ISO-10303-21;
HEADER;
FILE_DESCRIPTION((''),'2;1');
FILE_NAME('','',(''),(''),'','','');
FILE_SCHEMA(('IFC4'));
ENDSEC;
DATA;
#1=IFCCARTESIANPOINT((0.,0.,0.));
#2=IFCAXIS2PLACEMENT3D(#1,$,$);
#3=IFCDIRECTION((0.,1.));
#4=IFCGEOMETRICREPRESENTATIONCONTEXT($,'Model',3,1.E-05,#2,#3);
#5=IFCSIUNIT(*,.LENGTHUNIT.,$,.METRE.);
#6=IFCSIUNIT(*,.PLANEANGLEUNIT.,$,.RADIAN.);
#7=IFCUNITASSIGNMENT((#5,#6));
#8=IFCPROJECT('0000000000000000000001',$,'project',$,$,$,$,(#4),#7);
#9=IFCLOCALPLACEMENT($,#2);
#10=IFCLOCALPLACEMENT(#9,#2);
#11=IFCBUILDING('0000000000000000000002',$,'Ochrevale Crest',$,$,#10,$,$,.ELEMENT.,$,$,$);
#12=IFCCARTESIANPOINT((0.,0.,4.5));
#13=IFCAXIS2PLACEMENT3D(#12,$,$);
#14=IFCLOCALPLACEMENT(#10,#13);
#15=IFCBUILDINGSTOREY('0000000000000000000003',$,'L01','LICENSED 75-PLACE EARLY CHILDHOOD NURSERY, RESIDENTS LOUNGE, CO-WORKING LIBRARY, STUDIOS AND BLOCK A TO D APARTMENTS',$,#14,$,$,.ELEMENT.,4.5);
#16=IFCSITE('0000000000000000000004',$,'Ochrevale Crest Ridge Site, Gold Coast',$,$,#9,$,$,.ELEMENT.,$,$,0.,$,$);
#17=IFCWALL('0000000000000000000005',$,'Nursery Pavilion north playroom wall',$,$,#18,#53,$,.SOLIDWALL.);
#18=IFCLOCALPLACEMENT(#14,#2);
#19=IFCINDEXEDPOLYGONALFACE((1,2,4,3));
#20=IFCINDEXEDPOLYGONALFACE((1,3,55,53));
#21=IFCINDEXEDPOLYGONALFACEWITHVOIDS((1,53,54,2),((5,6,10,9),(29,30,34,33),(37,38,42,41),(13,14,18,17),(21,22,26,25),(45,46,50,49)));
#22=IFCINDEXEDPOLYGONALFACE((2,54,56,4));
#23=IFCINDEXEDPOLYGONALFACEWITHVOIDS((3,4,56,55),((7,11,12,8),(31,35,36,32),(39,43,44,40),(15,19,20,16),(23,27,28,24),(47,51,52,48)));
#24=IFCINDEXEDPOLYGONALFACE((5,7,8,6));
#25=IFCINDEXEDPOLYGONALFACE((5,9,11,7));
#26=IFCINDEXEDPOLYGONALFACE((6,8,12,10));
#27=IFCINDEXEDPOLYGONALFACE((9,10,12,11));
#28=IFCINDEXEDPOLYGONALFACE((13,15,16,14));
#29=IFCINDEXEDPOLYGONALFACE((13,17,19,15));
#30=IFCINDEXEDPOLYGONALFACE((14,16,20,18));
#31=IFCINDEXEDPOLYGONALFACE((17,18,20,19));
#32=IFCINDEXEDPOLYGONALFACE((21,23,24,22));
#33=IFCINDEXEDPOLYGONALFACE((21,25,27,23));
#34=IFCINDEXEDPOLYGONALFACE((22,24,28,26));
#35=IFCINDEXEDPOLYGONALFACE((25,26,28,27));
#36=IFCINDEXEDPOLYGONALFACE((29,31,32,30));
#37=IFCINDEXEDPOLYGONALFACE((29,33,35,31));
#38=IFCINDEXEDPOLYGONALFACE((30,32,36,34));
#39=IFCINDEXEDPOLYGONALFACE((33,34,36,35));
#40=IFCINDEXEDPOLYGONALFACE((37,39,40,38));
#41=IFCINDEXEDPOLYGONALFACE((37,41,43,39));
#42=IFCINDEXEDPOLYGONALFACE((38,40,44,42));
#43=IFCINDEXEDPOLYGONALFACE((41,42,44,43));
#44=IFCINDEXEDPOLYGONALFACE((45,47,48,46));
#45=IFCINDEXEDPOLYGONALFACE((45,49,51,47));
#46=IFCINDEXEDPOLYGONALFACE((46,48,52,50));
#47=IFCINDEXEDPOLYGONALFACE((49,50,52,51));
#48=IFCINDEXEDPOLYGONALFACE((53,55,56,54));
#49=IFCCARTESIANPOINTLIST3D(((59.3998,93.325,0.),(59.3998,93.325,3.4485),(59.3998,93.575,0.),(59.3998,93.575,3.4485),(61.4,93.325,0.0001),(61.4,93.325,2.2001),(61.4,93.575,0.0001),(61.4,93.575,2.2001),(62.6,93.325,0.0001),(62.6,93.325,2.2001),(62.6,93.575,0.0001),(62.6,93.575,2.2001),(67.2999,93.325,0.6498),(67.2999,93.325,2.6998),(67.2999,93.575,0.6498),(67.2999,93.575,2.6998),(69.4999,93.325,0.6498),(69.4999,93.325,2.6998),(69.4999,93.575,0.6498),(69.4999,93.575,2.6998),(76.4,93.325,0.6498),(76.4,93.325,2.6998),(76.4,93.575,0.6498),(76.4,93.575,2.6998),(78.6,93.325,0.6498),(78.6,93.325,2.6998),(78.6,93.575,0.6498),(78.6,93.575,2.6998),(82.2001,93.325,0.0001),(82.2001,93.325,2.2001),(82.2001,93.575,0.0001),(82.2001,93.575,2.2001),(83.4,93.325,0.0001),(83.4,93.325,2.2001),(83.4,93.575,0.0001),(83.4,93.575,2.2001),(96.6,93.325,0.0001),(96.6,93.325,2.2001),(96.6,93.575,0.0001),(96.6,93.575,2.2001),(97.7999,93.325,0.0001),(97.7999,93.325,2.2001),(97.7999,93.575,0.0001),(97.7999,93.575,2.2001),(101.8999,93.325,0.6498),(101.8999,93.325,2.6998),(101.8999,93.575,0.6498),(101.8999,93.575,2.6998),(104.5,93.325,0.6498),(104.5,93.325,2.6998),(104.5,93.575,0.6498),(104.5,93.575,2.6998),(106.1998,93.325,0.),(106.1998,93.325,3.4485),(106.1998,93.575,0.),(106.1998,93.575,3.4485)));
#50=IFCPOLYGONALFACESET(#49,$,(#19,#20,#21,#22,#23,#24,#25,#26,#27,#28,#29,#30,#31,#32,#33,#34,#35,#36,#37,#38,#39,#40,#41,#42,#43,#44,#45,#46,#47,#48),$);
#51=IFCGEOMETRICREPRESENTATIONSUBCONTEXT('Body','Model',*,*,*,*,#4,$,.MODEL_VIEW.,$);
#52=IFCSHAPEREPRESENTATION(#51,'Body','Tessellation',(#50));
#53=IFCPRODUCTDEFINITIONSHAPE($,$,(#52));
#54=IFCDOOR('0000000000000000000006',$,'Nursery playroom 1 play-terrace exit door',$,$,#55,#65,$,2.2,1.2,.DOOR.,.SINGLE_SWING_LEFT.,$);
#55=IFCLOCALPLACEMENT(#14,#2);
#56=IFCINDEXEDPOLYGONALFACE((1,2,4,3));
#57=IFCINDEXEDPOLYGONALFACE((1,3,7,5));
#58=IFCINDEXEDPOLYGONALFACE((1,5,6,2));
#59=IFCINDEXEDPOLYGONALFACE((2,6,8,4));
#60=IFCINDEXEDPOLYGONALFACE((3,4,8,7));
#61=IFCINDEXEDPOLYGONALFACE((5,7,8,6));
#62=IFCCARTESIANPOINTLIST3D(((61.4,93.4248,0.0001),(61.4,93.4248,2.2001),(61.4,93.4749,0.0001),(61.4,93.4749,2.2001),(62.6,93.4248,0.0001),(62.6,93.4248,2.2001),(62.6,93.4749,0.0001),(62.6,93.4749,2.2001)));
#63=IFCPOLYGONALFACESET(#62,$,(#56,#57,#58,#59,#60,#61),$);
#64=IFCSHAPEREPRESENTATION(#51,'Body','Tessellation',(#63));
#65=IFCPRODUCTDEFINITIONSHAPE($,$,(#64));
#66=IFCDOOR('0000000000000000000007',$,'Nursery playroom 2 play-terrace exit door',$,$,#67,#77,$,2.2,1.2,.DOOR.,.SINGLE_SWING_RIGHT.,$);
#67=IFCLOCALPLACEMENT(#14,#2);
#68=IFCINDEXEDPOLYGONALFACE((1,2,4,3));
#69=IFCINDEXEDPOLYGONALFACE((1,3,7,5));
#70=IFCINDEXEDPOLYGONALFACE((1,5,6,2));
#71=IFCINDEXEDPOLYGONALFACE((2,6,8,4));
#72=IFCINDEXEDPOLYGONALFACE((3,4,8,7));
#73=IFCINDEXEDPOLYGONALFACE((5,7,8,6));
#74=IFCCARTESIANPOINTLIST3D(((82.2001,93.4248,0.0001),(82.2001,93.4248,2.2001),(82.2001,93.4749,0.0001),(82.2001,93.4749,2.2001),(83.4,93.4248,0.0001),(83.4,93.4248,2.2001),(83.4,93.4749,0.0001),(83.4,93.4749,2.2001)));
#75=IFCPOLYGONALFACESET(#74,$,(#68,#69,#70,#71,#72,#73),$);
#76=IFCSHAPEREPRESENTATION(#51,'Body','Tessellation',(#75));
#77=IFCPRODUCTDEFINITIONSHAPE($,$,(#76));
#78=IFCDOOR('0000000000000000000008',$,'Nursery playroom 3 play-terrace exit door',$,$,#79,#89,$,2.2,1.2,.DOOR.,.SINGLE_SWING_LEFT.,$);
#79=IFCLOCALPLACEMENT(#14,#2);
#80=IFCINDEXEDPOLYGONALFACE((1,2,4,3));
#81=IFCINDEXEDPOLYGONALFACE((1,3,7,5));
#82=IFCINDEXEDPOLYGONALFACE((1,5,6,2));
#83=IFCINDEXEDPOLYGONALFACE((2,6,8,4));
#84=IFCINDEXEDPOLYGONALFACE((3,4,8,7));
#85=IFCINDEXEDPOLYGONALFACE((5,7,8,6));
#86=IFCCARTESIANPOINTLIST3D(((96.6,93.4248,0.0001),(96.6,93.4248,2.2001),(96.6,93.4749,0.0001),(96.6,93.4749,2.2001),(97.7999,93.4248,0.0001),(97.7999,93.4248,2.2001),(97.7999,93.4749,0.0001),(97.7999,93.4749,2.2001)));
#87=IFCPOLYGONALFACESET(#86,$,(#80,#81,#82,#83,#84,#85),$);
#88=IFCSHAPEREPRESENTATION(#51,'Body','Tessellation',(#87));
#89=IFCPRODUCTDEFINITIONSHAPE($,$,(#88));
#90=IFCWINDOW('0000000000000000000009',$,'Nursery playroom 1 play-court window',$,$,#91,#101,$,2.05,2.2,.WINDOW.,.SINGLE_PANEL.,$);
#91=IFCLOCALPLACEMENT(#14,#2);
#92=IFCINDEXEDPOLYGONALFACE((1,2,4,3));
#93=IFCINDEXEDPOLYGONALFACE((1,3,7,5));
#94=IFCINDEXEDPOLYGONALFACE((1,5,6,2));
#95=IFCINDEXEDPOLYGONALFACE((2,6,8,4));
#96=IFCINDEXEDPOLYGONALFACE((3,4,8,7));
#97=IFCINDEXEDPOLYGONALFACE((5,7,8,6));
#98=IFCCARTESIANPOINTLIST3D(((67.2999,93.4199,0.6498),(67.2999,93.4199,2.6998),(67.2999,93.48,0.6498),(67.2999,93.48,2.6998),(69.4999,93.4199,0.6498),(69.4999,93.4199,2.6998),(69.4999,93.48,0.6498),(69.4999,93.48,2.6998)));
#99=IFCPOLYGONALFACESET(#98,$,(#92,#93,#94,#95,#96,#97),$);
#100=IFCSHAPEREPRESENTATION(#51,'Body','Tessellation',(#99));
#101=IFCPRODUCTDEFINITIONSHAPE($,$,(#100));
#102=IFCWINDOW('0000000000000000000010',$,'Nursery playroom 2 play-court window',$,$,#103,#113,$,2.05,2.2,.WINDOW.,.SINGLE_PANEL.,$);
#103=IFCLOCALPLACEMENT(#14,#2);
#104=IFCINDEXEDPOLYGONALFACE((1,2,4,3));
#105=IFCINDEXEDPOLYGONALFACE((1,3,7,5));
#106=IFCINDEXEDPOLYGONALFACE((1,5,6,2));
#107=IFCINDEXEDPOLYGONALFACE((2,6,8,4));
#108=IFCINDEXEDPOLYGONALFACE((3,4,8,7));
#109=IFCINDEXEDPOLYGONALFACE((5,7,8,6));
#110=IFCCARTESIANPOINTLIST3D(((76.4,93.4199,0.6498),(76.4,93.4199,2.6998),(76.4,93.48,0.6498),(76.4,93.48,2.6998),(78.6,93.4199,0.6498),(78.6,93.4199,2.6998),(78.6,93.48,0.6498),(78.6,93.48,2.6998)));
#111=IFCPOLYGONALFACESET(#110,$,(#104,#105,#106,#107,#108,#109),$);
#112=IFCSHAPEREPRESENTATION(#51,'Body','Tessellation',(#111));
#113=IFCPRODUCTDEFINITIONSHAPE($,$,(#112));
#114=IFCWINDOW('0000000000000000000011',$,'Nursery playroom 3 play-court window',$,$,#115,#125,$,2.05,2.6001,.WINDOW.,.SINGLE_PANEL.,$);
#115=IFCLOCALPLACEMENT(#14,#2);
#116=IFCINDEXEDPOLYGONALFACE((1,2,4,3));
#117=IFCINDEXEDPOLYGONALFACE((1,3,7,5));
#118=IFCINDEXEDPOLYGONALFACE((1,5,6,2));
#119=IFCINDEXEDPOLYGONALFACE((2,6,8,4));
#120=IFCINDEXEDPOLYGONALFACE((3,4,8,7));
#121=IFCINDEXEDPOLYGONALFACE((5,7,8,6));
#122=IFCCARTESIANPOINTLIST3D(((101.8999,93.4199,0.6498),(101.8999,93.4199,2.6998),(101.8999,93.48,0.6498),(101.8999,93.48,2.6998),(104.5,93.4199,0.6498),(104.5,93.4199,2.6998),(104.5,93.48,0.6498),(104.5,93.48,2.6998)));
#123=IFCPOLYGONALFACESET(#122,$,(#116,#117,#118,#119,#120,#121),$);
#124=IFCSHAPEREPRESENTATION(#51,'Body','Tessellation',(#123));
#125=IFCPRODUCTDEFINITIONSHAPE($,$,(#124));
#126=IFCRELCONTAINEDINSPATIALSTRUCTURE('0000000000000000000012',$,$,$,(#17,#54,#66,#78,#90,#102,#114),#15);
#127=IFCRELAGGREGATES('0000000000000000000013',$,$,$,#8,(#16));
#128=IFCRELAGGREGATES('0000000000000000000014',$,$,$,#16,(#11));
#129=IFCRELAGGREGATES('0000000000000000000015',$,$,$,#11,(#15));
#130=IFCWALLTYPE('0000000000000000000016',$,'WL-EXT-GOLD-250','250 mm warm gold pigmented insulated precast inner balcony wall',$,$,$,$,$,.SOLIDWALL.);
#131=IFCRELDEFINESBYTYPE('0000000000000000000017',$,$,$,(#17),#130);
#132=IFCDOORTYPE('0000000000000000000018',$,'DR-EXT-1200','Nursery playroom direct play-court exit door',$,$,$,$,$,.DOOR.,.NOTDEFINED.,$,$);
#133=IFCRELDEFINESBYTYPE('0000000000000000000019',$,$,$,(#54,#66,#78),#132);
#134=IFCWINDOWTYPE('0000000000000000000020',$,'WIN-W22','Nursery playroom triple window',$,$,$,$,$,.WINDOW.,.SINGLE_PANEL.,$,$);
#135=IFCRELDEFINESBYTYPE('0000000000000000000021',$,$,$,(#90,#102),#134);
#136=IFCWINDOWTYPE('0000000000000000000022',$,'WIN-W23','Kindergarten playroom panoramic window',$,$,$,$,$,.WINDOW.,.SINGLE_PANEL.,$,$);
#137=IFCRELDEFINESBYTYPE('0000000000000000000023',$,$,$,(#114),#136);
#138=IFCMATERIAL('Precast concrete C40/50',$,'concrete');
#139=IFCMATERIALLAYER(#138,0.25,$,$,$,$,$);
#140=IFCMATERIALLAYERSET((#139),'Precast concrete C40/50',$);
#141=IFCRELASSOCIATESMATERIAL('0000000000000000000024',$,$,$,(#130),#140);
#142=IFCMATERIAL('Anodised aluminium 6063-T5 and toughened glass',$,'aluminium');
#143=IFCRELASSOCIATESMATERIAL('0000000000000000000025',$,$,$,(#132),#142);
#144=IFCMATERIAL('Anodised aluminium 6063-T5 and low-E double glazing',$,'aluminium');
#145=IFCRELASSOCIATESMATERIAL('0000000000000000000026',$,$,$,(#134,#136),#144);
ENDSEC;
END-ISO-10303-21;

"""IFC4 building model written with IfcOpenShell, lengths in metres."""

from ifc_helpers import new_model, si_unit, direction, frame, frame_2d, origin, place, context, subcontext, project, spatial, rectangle, extrude, material, layer, layer_set, type_object, element, fill, save


model = new_model("IFC4")

# Units and contexts
model_context = context("Model", 3, precision=1e-05, world=origin(), true_north=direction((0.0, 1.0)))
body_context = subcontext(model_context, "Body", "Model", "MODEL_VIEW")
ifc_project = project(units=[si_unit("LENGTHUNIT", "METRE"), si_unit("PLANEANGLEUNIT", "RADIAN")], contexts=[model_context])

# Site, building, storey
site_placement = place(None, origin())
site = spatial("IfcSite", under=ifc_project, at=site_placement, Name="Ochrevale Crest Ridge Site, Gold Coast", CompositionType="ELEMENT", RefElevation=0.0)
building_placement = place(site_placement, origin())
building = spatial("IfcBuilding", under=site, at=building_placement, Name="Ochrevale Crest", CompositionType="ELEMENT")
storey_placement = place(building_placement, frame((0.0, 0.0, 4.5)))
storey = spatial("IfcBuildingStorey", under=building, at=storey_placement, Name="L01", Description="LICENSED 75-PLACE EARLY CHILDHOOD NURSERY, RESIDENTS LOUNGE, CO-WORKING LIBRARY, STUDIOS AND BLOCK A TO D APARTMENTS", CompositionType="ELEMENT", Elevation=4.5)

# Wall, openings, doors, windows
ifc_material_1 = material(Name="Precast concrete C40/50", Category="concrete")
ifc_layer_1 = layer(ifc_material_1, 0.25)
ifc_layer_set_1 = layer_set([ifc_layer_1], Name="Precast concrete C40/50")
wall_type_1 = type_object("IfcWallType", Name="WL-EXT-GOLD-250", Description="250 mm warm gold pigmented insulated precast inner balcony wall", PredefinedType="SOLIDWALL", material=ifc_layer_set_1)
wall_1_placement = place(storey_placement, frame((59.3999, 93.45, 0.0), z_axis=(0.0, 0.0, 1.0), x_axis=(1.0, 0.0, 0.0)))
wall_1 = element("IfcWall", 1, at=wall_1_placement, inside=storey, type_object=wall_type_1, Name="Nursery Pavilion north playroom wall", PredefinedType="SOLIDWALL", context=body_context, shape_type="SweptSolid", body=[
    extrude(rectangle(XDim=46.8, YDim=0.25, at=frame_2d((23.3999, 0.0))), origin(), (0.0, 0.0, 1.0), 3.4485),
])
opening_1_placement = place(wall_1_placement, frame((2.0, 0.0, 0.0)))
opening_1 = element("IfcOpeningElement", 2, at=opening_1_placement, cuts=wall_1, PredefinedType="OPENING", context=body_context, shape_type="SweptSolid", body=[
    extrude(rectangle(XDim=1.2, YDim=2.2, at=frame_2d((0.6001, 1.1001))), frame((0.0, 0.135, 0.0), z_axis=(0.0, -1.0, 0.0), x_axis=(1.0, 0.0, 0.0)), (0.0, 0.0, 1.0), 0.27),
])
opening_2_placement = place(wall_1_placement, frame((7.8999, 0.0, 0.6499)))
opening_2 = element("IfcOpeningElement", 3, at=opening_2_placement, cuts=wall_1, PredefinedType="OPENING", context=body_context, shape_type="SweptSolid", body=[
    extrude(rectangle(XDim=2.2, YDim=2.05, at=frame_2d((1.1001, 1.0249))), frame((0.0, 0.135, 0.0), z_axis=(0.0, -1.0, 0.0), x_axis=(1.0, 0.0, 0.0)), (0.0, 0.0, 1.0), 0.27),
])
opening_3_placement = place(wall_1_placement, frame((22.8, 0.0, 0.0)))
opening_3 = element("IfcOpeningElement", 4, at=opening_3_placement, cuts=wall_1, PredefinedType="OPENING", context=body_context, shape_type="SweptSolid", body=[
    extrude(rectangle(XDim=1.2, YDim=2.2, at=frame_2d((0.6001, 1.1001))), frame((0.0, 0.135, 0.0), z_axis=(0.0, -1.0, 0.0), x_axis=(1.0, 0.0, 0.0)), (0.0, 0.0, 1.0), 0.27),
])
opening_4_placement = place(wall_1_placement, frame((17.0, 0.0, 0.6499)))
opening_4 = element("IfcOpeningElement", 5, at=opening_4_placement, cuts=wall_1, PredefinedType="OPENING", context=body_context, shape_type="SweptSolid", body=[
    extrude(rectangle(XDim=2.2, YDim=2.05, at=frame_2d((1.1001, 1.0249))), frame((0.0, 0.135, 0.0), z_axis=(0.0, -1.0, 0.0), x_axis=(1.0, 0.0, 0.0)), (0.0, 0.0, 1.0), 0.27),
])
opening_5_placement = place(wall_1_placement, frame((37.2, 0.0, 0.0)))
opening_5 = element("IfcOpeningElement", 6, at=opening_5_placement, cuts=wall_1, PredefinedType="OPENING", context=body_context, shape_type="SweptSolid", body=[
    extrude(rectangle(XDim=1.2, YDim=2.2, at=frame_2d((0.6001, 1.1001))), frame((0.0, 0.135, 0.0), z_axis=(0.0, -1.0, 0.0), x_axis=(1.0, 0.0, 0.0)), (0.0, 0.0, 1.0), 0.27),
])
opening_6_placement = place(wall_1_placement, frame((42.5, 0.0, 0.6499)))
opening_6 = element("IfcOpeningElement", 7, at=opening_6_placement, cuts=wall_1, PredefinedType="OPENING", context=body_context, shape_type="SweptSolid", body=[
    extrude(rectangle(XDim=2.6001, YDim=2.05, at=frame_2d((1.3, 1.0249))), frame((0.0, 0.135, 0.0), z_axis=(0.0, -1.0, 0.0), x_axis=(1.0, 0.0, 0.0)), (0.0, 0.0, 1.0), 0.27),
])
ifc_material_2 = material(Name="Anodised aluminium 6063-T5 and toughened glass", Category="aluminium")
door_type = type_object("IfcDoorType", Name="DR-EXT-1200", Description="Nursery playroom direct play-court exit door", OperationType="NOTDEFINED", PredefinedType="DOOR", material=ifc_material_2)
door_1_placement = place(opening_1_placement, origin())
door_1 = element("IfcDoor", 8, at=door_1_placement, inside=storey, type_object=door_type, Name="Nursery playroom 1 play-terrace exit door", OperationType="SINGLE_SWING_LEFT", OverallHeight=2.2, OverallWidth=1.2, PredefinedType="DOOR", context=body_context, shape_type="SweptSolid", body=[
    extrude(rectangle(XDim=1.2, YDim=2.2, at=frame_2d((0.6001, 1.1001))), frame((0.0, 0.0249, 0.0), z_axis=(0.0, -1.0, 0.0), x_axis=(1.0, 0.0, 0.0)), (0.0, 0.0, 1.0), 0.05),
])
fill(opening_1, door_1)
door_2_placement = place(opening_3_placement, origin())
door_2 = element("IfcDoor", 9, at=door_2_placement, inside=storey, type_object=door_type, Name="Nursery playroom 2 play-terrace exit door", OperationType="SINGLE_SWING_RIGHT", OverallHeight=2.2, OverallWidth=1.2, PredefinedType="DOOR", context=body_context, shape_type="SweptSolid", body=[
    extrude(rectangle(XDim=1.2, YDim=2.2, at=frame_2d((0.6001, 1.1001))), frame((0.0, 0.0249, 0.0), z_axis=(0.0, -1.0, 0.0), x_axis=(1.0, 0.0, 0.0)), (0.0, 0.0, 1.0), 0.05),
])
fill(opening_3, door_2)
door_3_placement = place(opening_5_placement, origin())
door_3 = element("IfcDoor", 10, at=door_3_placement, inside=storey, type_object=door_type, Name="Nursery playroom 3 play-terrace exit door", OperationType="SINGLE_SWING_LEFT", OverallHeight=2.2, OverallWidth=1.2, PredefinedType="DOOR", context=body_context, shape_type="SweptSolid", body=[
    extrude(rectangle(XDim=1.2, YDim=2.2, at=frame_2d((0.6001, 1.1001))), frame((0.0, 0.0249, 0.0), z_axis=(0.0, -1.0, 0.0), x_axis=(1.0, 0.0, 0.0)), (0.0, 0.0, 1.0), 0.05),
])
fill(opening_5, door_3)
ifc_material_3 = material(Name="Anodised aluminium 6063-T5 and low-E double glazing", Category="aluminium")
window_type_1 = type_object("IfcWindowType", Name="WIN-W22", Description="Nursery playroom triple window", PartitioningType="SINGLE_PANEL", PredefinedType="WINDOW", material=ifc_material_3)
window_1_placement = place(opening_2_placement, origin())
window_1 = element("IfcWindow", 11, at=window_1_placement, inside=storey, type_object=window_type_1, Name="Nursery playroom 1 play-court window", OverallHeight=2.05, OverallWidth=2.2, PartitioningType="SINGLE_PANEL", PredefinedType="WINDOW", context=body_context, shape_type="SweptSolid", body=[
    extrude(rectangle(XDim=2.2, YDim=2.05, at=frame_2d((1.1001, 1.0249))), frame((0.0, 0.03, 0.0), z_axis=(0.0, -1.0, 0.0), x_axis=(1.0, 0.0, 0.0)), (0.0, 0.0, 1.0), 0.0601),
])
fill(opening_2, window_1)
window_2_placement = place(opening_4_placement, origin())
window_2 = element("IfcWindow", 12, at=window_2_placement, inside=storey, type_object=window_type_1, Name="Nursery playroom 2 play-court window", OverallHeight=2.05, OverallWidth=2.2, PartitioningType="SINGLE_PANEL", PredefinedType="WINDOW", context=body_context, shape_type="SweptSolid", body=[
    extrude(rectangle(XDim=2.2, YDim=2.05, at=frame_2d((1.1001, 1.0249))), frame((0.0, 0.03, 0.0), z_axis=(0.0, -1.0, 0.0), x_axis=(1.0, 0.0, 0.0)), (0.0, 0.0, 1.0), 0.0601),
])
fill(opening_4, window_2)
window_type_2 = type_object("IfcWindowType", Name="WIN-W23", Description="Kindergarten playroom panoramic window", PartitioningType="SINGLE_PANEL", PredefinedType="WINDOW", material=ifc_material_3)
window_3_placement = place(opening_6_placement, origin())
window_3 = element("IfcWindow", 13, at=window_3_placement, inside=storey, type_object=window_type_2, Name="Nursery playroom 3 play-court window", OverallHeight=2.05, OverallWidth=2.6001, PartitioningType="SINGLE_PANEL", PredefinedType="WINDOW", context=body_context, shape_type="SweptSolid", body=[
    extrude(rectangle(XDim=2.6001, YDim=2.05, at=frame_2d((1.3, 1.0249))), frame((0.0, 0.03, 0.0), z_axis=(0.0, -1.0, 0.0), x_axis=(1.0, 0.0, 0.0)), (0.0, 0.0, 1.0), 0.0601),
])
fill(opening_6, window_3)

save(model, "model.ifc")
